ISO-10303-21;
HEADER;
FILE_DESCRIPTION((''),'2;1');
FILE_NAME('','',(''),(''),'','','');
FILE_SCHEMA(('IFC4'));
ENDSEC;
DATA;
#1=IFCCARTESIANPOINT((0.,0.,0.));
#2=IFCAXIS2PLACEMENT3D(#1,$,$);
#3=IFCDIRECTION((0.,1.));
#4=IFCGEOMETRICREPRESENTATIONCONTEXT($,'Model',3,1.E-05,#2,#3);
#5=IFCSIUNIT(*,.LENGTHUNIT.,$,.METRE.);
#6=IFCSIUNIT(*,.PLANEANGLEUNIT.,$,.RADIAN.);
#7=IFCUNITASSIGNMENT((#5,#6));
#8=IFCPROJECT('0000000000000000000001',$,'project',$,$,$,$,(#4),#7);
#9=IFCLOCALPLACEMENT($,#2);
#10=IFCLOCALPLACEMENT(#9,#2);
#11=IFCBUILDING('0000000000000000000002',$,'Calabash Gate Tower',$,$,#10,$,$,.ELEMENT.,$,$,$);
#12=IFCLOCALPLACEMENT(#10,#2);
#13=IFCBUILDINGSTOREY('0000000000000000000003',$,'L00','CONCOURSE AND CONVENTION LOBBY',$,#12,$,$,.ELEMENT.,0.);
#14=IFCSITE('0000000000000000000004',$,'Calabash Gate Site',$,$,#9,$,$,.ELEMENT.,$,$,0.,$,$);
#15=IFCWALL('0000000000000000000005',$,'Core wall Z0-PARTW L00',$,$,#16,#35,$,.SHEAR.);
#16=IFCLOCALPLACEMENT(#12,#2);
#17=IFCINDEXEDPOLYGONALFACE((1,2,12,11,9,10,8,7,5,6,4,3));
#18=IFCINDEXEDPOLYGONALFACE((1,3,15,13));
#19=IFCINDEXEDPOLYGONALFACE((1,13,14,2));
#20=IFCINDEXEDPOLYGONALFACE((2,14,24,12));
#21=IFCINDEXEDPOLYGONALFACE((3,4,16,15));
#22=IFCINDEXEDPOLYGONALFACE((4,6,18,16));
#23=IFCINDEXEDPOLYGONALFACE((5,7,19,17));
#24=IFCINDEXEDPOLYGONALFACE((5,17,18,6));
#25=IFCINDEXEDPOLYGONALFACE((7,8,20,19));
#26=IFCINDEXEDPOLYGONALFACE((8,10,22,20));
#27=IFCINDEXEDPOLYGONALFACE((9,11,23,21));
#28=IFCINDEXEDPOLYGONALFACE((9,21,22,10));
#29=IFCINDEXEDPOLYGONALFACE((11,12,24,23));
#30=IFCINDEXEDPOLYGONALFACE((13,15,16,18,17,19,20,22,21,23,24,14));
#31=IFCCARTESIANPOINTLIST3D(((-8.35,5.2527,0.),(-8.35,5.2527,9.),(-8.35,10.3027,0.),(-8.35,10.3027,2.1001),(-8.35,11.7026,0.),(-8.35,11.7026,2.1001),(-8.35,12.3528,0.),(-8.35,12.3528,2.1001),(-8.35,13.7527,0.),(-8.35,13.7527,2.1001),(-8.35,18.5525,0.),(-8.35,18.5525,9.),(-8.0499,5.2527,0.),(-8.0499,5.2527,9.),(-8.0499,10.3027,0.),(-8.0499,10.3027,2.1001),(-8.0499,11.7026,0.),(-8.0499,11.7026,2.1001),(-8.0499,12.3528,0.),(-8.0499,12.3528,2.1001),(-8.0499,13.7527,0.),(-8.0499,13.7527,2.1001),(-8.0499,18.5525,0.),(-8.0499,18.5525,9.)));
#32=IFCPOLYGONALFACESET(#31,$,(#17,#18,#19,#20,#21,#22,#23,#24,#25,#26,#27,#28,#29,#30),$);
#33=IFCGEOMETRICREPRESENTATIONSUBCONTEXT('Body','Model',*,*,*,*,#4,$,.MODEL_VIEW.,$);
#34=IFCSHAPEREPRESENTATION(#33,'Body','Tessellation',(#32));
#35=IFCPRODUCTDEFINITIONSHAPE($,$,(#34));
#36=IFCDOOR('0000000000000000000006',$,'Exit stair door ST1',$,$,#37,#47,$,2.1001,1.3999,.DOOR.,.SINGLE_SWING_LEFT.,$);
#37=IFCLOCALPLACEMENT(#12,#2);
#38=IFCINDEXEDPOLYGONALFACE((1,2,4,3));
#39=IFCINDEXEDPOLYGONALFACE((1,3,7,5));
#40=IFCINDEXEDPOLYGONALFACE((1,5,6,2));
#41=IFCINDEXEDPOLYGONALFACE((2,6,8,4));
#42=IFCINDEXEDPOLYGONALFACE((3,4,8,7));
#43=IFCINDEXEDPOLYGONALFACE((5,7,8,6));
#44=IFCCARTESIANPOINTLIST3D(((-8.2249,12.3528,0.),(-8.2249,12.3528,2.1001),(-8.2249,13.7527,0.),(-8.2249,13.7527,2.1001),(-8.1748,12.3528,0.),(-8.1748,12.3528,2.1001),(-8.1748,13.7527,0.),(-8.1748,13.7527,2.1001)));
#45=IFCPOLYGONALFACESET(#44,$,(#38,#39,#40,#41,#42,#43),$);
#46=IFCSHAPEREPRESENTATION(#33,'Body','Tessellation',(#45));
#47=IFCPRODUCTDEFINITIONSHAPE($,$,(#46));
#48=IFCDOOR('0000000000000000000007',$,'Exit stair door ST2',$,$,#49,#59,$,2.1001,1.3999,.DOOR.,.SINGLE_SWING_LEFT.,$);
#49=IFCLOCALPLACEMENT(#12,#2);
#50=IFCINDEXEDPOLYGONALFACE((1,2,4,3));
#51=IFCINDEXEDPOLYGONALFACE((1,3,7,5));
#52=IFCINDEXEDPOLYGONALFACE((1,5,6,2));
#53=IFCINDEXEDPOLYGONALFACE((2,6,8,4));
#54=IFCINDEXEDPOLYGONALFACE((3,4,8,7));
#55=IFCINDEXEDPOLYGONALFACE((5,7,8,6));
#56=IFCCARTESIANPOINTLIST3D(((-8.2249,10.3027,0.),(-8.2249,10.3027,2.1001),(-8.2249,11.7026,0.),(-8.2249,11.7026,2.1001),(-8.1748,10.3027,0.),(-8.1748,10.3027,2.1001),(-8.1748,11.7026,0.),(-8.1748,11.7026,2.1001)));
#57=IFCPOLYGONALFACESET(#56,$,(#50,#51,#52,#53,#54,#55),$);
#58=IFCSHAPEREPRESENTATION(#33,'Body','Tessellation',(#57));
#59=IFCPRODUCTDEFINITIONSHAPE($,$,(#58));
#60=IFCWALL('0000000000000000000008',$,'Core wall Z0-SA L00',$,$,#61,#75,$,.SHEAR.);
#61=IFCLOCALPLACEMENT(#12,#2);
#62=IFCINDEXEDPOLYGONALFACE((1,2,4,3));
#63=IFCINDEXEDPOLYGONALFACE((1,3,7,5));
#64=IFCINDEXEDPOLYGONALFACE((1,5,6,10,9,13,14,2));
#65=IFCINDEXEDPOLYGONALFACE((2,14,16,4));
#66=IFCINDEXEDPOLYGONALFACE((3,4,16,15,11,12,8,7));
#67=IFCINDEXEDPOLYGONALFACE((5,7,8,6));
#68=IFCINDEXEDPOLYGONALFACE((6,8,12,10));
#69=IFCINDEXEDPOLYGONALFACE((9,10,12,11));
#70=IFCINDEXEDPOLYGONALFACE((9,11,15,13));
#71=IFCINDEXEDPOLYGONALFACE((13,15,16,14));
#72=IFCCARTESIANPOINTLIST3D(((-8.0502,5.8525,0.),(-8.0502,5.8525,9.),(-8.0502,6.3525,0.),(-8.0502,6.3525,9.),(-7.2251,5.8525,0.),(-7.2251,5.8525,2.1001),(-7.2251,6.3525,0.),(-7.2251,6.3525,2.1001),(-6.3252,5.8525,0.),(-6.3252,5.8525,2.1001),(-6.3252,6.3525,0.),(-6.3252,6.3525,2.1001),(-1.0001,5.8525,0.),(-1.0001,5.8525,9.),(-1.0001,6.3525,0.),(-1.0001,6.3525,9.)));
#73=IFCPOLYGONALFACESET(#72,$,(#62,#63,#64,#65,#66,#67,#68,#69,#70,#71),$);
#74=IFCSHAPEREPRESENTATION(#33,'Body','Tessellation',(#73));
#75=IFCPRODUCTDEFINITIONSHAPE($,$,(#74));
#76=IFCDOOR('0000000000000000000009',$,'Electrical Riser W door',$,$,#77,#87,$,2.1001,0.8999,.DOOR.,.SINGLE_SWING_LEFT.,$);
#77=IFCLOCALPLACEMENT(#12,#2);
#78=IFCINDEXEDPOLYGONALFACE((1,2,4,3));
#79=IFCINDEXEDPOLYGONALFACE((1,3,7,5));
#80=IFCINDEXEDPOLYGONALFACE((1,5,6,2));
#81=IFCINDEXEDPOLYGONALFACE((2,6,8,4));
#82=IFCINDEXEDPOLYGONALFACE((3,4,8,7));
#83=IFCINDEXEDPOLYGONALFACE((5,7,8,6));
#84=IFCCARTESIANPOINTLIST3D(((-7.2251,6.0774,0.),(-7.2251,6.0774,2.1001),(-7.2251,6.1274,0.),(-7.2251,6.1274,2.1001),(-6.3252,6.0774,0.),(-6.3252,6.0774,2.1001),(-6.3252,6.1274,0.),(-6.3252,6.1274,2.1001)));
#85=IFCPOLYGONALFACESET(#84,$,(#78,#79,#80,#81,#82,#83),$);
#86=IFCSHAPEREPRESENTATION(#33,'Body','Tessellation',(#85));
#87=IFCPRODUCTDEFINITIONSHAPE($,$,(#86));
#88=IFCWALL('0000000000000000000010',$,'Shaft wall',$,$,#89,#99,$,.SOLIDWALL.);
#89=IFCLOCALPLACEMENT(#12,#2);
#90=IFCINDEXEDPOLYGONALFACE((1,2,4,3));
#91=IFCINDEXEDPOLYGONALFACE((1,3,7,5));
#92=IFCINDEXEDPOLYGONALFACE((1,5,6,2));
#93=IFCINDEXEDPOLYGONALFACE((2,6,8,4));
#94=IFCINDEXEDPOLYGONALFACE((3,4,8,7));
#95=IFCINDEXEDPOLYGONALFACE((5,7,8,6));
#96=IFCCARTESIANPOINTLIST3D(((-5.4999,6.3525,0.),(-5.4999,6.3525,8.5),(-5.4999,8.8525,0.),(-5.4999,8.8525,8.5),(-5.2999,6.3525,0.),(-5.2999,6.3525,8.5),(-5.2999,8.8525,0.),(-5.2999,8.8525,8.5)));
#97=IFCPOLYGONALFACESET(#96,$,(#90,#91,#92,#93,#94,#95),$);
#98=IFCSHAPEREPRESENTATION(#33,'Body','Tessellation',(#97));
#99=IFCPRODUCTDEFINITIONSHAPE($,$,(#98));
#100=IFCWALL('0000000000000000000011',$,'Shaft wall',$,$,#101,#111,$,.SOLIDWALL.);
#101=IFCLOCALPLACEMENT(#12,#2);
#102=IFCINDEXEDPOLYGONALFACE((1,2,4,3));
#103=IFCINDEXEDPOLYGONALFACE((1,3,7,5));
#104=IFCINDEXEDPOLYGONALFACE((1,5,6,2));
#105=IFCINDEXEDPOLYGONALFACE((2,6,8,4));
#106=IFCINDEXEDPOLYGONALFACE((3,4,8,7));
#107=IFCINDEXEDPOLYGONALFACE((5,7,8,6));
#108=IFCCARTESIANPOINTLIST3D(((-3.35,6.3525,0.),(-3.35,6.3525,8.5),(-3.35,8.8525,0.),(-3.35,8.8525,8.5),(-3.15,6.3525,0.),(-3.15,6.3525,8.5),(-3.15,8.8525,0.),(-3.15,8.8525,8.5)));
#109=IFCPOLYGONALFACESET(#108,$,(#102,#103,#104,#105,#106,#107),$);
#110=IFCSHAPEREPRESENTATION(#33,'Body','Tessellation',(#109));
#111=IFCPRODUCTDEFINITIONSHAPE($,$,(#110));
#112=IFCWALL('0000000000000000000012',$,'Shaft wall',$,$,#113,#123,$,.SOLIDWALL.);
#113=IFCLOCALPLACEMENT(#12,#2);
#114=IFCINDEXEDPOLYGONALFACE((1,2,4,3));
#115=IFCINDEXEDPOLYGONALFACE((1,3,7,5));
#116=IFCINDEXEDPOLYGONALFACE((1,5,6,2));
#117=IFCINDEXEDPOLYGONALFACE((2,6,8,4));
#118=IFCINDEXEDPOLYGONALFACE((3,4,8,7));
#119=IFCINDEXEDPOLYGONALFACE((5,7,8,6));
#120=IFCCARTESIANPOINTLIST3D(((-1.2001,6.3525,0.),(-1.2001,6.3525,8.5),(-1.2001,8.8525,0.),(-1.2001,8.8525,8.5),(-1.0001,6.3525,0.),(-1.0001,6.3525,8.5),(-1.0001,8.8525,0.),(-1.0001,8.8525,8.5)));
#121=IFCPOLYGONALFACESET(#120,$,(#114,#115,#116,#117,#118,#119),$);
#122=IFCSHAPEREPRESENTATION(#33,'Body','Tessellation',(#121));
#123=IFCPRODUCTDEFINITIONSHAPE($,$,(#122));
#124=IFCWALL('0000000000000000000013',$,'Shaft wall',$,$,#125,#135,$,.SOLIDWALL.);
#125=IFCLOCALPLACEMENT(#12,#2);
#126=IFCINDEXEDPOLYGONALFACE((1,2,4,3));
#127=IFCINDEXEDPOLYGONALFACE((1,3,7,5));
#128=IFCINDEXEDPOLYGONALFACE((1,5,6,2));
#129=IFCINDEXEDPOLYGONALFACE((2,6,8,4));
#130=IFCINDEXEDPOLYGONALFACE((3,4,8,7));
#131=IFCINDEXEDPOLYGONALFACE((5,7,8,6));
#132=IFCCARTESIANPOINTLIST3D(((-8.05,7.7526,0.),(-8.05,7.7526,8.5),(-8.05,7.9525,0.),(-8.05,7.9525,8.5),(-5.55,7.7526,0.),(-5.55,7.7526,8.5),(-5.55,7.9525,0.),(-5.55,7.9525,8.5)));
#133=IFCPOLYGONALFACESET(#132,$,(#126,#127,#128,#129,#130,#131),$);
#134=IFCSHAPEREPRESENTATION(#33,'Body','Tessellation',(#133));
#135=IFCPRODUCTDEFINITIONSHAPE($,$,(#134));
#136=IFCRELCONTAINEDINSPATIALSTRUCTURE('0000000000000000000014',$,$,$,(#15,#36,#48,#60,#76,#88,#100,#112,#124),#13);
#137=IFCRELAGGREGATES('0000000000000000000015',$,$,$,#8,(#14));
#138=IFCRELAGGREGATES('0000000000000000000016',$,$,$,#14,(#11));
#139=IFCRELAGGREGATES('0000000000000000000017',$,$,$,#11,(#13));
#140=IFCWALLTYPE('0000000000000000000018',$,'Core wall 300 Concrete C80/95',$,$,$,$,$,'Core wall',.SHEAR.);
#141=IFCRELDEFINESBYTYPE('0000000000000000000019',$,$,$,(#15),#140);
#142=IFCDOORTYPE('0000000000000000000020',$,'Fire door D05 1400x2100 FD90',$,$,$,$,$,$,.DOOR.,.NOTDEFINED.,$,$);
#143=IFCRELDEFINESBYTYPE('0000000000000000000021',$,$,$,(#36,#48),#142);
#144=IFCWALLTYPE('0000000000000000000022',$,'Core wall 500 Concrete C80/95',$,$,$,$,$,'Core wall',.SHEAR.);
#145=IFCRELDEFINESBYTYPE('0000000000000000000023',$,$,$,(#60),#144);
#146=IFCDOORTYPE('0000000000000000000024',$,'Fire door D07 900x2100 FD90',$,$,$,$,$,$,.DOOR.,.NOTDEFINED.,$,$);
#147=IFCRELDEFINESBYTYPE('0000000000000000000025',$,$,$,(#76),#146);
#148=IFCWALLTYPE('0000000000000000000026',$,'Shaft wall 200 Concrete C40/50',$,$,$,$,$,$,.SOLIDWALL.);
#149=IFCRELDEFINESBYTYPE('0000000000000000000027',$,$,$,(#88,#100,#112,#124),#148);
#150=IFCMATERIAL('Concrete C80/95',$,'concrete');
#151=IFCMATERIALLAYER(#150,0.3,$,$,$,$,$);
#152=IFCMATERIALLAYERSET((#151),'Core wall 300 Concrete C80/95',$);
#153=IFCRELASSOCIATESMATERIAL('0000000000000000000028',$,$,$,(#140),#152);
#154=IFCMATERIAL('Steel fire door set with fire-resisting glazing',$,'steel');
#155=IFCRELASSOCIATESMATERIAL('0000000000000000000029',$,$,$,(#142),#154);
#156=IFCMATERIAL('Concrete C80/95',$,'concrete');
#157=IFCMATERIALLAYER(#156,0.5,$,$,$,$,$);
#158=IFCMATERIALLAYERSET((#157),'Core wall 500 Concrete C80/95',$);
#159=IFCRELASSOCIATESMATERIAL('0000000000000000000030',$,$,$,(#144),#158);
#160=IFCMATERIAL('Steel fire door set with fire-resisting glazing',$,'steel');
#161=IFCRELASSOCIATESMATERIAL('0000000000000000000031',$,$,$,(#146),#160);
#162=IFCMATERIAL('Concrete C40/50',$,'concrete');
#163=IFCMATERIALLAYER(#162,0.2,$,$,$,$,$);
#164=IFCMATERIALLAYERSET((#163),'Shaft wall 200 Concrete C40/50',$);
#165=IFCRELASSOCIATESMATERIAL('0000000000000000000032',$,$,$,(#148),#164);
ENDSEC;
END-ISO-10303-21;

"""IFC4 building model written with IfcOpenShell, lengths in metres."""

from ifc_helpers import new_model, si_unit, direction, frame, frame_2d, origin, place, context, subcontext, project, spatial, rectangle, extrude, material, layer, layer_set, type_object, element, fill, save


model = new_model("IFC4")

# Units and contexts
model_context = context("Model", 3, precision=1e-05, world=origin(), true_north=direction((0.0, 1.0)))
body_context = subcontext(model_context, "Body", "Model", "MODEL_VIEW")
ifc_project = project(units=[si_unit("LENGTHUNIT", "METRE"), si_unit("PLANEANGLEUNIT", "RADIAN")], contexts=[model_context])

# Site, building, storey
site_placement = place(None, origin())
site = spatial("IfcSite", under=ifc_project, at=site_placement, Name="Calabash Gate Site", CompositionType="ELEMENT", RefElevation=0.0)
building_placement = place(site_placement, origin())
building = spatial("IfcBuilding", under=site, at=building_placement, Name="Calabash Gate Tower", CompositionType="ELEMENT")
storey_placement = place(building_placement, origin())
storey = spatial("IfcBuildingStorey", under=building, at=storey_placement, Name="L00", Description="CONCOURSE AND CONVENTION LOBBY", CompositionType="ELEMENT", Elevation=0.0)

# Wall, openings, doors
ifc_material_1 = material(Name="Concrete C80/95", Category="concrete")
ifc_layer_1 = layer(ifc_material_1, 0.3)
ifc_layer_set_1 = layer_set([ifc_layer_1], Name="Core wall 300 Concrete C80/95")
wall_type_1 = type_object("IfcWallType", Name="Core wall 300 Concrete C80/95", ElementType="Core wall", PredefinedType="SHEAR", material=ifc_layer_set_1)
wall_1_placement = place(storey_placement, frame((-8.2, 5.2527, 0.0), z_axis=(0.0, 0.0, 1.0), x_axis=(0.0, 1.0, 0.0)))
wall_1 = element("IfcWall", 1, at=wall_1_placement, inside=storey, type_object=wall_type_1, Name="Core wall Z0-PARTW L00", PredefinedType="SHEAR", context=body_context, shape_type="SweptSolid", body=[
    extrude(rectangle(XDim=13.2998, YDim=0.3, at=frame_2d((6.6499, 0.0))), origin(), (0.0, 0.0, 1.0), 9.0),
])
opening_1_placement = place(wall_1_placement, frame((7.1001, 0.0, 0.0)))
opening_1 = element("IfcOpeningElement", 2, at=opening_1_placement, cuts=wall_1, PredefinedType="OPENING", context=body_context, shape_type="SweptSolid", body=[
    extrude(rectangle(XDim=1.3999, YDim=2.1001, at=frame_2d((0.7, 1.05))), frame((0.0, 0.1599, 0.0), z_axis=(0.0, -1.0, 0.0), x_axis=(1.0, 0.0, 0.0)), (0.0, 0.0, 1.0), 0.3201),
])
opening_2_placement = place(wall_1_placement, frame((5.05, 0.0, 0.0)))
opening_2 = element("IfcOpeningElement", 3, at=opening_2_placement, cuts=wall_1, PredefinedType="OPENING", context=body_context, shape_type="SweptSolid", body=[
    extrude(rectangle(XDim=1.3999, YDim=2.1001, at=frame_2d((0.7, 1.05))), frame((0.0, 0.1599, 0.0), z_axis=(0.0, -1.0, 0.0), x_axis=(1.0, 0.0, 0.0)), (0.0, 0.0, 1.0), 0.3201),
])
ifc_material_2 = material(Name="Steel fire door set with fire-resisting glazing", Category="steel")
door_type_1 = type_object("IfcDoorType", Name="Fire door D05 1400x2100 FD90", OperationType="NOTDEFINED", PredefinedType="DOOR", material=ifc_material_2)
door_1_placement = place(opening_1_placement, origin())
door_1 = element("IfcDoor", 4, at=door_1_placement, inside=storey, type_object=door_type_1, Name="Exit stair door ST1", OperationType="SINGLE_SWING_LEFT", OverallHeight=2.1001, OverallWidth=1.3999, PredefinedType="DOOR", context=body_context, shape_type="SweptSolid", body=[
    extrude(rectangle(XDim=1.3999, YDim=2.1001, at=frame_2d((0.7, 1.05))), frame((0.0, 0.0249, 0.0), z_axis=(0.0, -1.0, 0.0), x_axis=(1.0, 0.0, 0.0)), (0.0, 0.0, 1.0), 0.05),
])
fill(opening_1, door_1)
door_2_placement = place(opening_2_placement, origin())
door_2 = element("IfcDoor", 5, at=door_2_placement, inside=storey, type_object=door_type_1, Name="Exit stair door ST2", OperationType="SINGLE_SWING_LEFT", OverallHeight=2.1001, OverallWidth=1.3999, PredefinedType="DOOR", context=body_context, shape_type="SweptSolid", body=[
    extrude(rectangle(XDim=1.3999, YDim=2.1001, at=frame_2d((0.7, 1.05))), frame((0.0, 0.0249, 0.0), z_axis=(0.0, -1.0, 0.0), x_axis=(1.0, 0.0, 0.0)), (0.0, 0.0, 1.0), 0.05),
])
fill(opening_2, door_2)

# Wall, opening, door
ifc_material_3 = material(Name="Concrete C80/95", Category="concrete")
ifc_layer_2 = layer(ifc_material_3, 0.5)
ifc_layer_set_2 = layer_set([ifc_layer_2], Name="Core wall 500 Concrete C80/95")
wall_type_2 = type_object("IfcWallType", Name="Core wall 500 Concrete C80/95", ElementType="Core wall", PredefinedType="SHEAR", material=ifc_layer_set_2)
wall_2_placement = place(storey_placement, frame((-8.05, 6.1025, 0.0), z_axis=(0.0, 0.0, 1.0), x_axis=(1.0, 0.0, 0.0)))
wall_2 = element("IfcWall", 6, at=wall_2_placement, inside=storey, type_object=wall_type_2, Name="Core wall Z0-SA L00", PredefinedType="SHEAR", context=body_context, shape_type="SweptSolid", body=[
    extrude(rectangle(XDim=7.05, YDim=0.5, at=frame_2d((3.5249, 0.0))), origin(), (0.0, 0.0, 1.0), 9.0),
])
opening_3_placement = place(wall_2_placement, frame((0.825, 0.0, 0.0)))
opening_3 = element("IfcOpeningElement", 7, at=opening_3_placement, cuts=wall_2, PredefinedType="OPENING", context=body_context, shape_type="SweptSolid", body=[
    extrude(rectangle(XDim=0.8999, YDim=2.1001, at=frame_2d((0.45, 1.05))), frame((0.0, 0.26, 0.0), z_axis=(0.0, -1.0, 0.0), x_axis=(1.0, 0.0, 0.0)), (0.0, 0.0, 1.0), 0.52),
])
ifc_material_4 = material(Name="Steel fire door set with fire-resisting glazing", Category="steel")
door_type_2 = type_object("IfcDoorType", Name="Fire door D07 900x2100 FD90", OperationType="NOTDEFINED", PredefinedType="DOOR", material=ifc_material_4)
door_3_placement = place(opening_3_placement, origin())
door_3 = element("IfcDoor", 8, at=door_3_placement, inside=storey, type_object=door_type_2, Name="Electrical Riser W door", OperationType="SINGLE_SWING_LEFT", OverallHeight=2.1001, OverallWidth=0.8999, PredefinedType="DOOR", context=body_context, shape_type="SweptSolid", body=[
    extrude(rectangle(XDim=0.8999, YDim=2.1001, at=frame_2d((0.45, 1.05))), frame((0.0, 0.0249, 0.0), z_axis=(0.0, -1.0, 0.0), x_axis=(1.0, 0.0, 0.0)), (0.0, 0.0, 1.0), 0.05),
])
fill(opening_3, door_3)

# Walls
ifc_material_5 = material(Name="Concrete C40/50", Category="concrete")
ifc_layer_3 = layer(ifc_material_5, 0.2)
ifc_layer_set_3 = layer_set([ifc_layer_3], Name="Shaft wall 200 Concrete C40/50")
wall_type_3 = type_object("IfcWallType", Name="Shaft wall 200 Concrete C40/50", PredefinedType="SOLIDWALL", material=ifc_layer_set_3)
for number, where, z_axis, x_axis, name in (
    (9, (-5.3999, 6.3525, 0.0), (0.0, 0.0, 1.0), (0.0, 1.0, 0.0), "Shaft wall"),
    (10, (-3.25, 6.3525, 0.0), (0.0, 0.0, 1.0), (0.0, 1.0, 0.0), "Shaft wall"),
    (11, (-1.1001, 6.3525, 0.0), (0.0, 0.0, 1.0), (0.0, 1.0, 0.0), "Shaft wall"),
    (12, (-8.05, 7.8525, 0.0), (0.0, 0.0, 1.0), (1.0, 0.0, 0.0), "Shaft wall"),
):
    element("IfcWall", number, at=place(storey_placement, frame(where, z_axis=z_axis, x_axis=x_axis)), inside=storey, type_object=wall_type_3, Name=name, PredefinedType="SOLIDWALL", context=body_context, shape_type="SweptSolid", body=[
        extrude(rectangle(XDim=2.5, YDim=0.2, at=frame_2d((1.25, 0.0))), origin(), (0.0, 0.0, 1.0), 8.5),
    ])

save(model, "model.ifc")
